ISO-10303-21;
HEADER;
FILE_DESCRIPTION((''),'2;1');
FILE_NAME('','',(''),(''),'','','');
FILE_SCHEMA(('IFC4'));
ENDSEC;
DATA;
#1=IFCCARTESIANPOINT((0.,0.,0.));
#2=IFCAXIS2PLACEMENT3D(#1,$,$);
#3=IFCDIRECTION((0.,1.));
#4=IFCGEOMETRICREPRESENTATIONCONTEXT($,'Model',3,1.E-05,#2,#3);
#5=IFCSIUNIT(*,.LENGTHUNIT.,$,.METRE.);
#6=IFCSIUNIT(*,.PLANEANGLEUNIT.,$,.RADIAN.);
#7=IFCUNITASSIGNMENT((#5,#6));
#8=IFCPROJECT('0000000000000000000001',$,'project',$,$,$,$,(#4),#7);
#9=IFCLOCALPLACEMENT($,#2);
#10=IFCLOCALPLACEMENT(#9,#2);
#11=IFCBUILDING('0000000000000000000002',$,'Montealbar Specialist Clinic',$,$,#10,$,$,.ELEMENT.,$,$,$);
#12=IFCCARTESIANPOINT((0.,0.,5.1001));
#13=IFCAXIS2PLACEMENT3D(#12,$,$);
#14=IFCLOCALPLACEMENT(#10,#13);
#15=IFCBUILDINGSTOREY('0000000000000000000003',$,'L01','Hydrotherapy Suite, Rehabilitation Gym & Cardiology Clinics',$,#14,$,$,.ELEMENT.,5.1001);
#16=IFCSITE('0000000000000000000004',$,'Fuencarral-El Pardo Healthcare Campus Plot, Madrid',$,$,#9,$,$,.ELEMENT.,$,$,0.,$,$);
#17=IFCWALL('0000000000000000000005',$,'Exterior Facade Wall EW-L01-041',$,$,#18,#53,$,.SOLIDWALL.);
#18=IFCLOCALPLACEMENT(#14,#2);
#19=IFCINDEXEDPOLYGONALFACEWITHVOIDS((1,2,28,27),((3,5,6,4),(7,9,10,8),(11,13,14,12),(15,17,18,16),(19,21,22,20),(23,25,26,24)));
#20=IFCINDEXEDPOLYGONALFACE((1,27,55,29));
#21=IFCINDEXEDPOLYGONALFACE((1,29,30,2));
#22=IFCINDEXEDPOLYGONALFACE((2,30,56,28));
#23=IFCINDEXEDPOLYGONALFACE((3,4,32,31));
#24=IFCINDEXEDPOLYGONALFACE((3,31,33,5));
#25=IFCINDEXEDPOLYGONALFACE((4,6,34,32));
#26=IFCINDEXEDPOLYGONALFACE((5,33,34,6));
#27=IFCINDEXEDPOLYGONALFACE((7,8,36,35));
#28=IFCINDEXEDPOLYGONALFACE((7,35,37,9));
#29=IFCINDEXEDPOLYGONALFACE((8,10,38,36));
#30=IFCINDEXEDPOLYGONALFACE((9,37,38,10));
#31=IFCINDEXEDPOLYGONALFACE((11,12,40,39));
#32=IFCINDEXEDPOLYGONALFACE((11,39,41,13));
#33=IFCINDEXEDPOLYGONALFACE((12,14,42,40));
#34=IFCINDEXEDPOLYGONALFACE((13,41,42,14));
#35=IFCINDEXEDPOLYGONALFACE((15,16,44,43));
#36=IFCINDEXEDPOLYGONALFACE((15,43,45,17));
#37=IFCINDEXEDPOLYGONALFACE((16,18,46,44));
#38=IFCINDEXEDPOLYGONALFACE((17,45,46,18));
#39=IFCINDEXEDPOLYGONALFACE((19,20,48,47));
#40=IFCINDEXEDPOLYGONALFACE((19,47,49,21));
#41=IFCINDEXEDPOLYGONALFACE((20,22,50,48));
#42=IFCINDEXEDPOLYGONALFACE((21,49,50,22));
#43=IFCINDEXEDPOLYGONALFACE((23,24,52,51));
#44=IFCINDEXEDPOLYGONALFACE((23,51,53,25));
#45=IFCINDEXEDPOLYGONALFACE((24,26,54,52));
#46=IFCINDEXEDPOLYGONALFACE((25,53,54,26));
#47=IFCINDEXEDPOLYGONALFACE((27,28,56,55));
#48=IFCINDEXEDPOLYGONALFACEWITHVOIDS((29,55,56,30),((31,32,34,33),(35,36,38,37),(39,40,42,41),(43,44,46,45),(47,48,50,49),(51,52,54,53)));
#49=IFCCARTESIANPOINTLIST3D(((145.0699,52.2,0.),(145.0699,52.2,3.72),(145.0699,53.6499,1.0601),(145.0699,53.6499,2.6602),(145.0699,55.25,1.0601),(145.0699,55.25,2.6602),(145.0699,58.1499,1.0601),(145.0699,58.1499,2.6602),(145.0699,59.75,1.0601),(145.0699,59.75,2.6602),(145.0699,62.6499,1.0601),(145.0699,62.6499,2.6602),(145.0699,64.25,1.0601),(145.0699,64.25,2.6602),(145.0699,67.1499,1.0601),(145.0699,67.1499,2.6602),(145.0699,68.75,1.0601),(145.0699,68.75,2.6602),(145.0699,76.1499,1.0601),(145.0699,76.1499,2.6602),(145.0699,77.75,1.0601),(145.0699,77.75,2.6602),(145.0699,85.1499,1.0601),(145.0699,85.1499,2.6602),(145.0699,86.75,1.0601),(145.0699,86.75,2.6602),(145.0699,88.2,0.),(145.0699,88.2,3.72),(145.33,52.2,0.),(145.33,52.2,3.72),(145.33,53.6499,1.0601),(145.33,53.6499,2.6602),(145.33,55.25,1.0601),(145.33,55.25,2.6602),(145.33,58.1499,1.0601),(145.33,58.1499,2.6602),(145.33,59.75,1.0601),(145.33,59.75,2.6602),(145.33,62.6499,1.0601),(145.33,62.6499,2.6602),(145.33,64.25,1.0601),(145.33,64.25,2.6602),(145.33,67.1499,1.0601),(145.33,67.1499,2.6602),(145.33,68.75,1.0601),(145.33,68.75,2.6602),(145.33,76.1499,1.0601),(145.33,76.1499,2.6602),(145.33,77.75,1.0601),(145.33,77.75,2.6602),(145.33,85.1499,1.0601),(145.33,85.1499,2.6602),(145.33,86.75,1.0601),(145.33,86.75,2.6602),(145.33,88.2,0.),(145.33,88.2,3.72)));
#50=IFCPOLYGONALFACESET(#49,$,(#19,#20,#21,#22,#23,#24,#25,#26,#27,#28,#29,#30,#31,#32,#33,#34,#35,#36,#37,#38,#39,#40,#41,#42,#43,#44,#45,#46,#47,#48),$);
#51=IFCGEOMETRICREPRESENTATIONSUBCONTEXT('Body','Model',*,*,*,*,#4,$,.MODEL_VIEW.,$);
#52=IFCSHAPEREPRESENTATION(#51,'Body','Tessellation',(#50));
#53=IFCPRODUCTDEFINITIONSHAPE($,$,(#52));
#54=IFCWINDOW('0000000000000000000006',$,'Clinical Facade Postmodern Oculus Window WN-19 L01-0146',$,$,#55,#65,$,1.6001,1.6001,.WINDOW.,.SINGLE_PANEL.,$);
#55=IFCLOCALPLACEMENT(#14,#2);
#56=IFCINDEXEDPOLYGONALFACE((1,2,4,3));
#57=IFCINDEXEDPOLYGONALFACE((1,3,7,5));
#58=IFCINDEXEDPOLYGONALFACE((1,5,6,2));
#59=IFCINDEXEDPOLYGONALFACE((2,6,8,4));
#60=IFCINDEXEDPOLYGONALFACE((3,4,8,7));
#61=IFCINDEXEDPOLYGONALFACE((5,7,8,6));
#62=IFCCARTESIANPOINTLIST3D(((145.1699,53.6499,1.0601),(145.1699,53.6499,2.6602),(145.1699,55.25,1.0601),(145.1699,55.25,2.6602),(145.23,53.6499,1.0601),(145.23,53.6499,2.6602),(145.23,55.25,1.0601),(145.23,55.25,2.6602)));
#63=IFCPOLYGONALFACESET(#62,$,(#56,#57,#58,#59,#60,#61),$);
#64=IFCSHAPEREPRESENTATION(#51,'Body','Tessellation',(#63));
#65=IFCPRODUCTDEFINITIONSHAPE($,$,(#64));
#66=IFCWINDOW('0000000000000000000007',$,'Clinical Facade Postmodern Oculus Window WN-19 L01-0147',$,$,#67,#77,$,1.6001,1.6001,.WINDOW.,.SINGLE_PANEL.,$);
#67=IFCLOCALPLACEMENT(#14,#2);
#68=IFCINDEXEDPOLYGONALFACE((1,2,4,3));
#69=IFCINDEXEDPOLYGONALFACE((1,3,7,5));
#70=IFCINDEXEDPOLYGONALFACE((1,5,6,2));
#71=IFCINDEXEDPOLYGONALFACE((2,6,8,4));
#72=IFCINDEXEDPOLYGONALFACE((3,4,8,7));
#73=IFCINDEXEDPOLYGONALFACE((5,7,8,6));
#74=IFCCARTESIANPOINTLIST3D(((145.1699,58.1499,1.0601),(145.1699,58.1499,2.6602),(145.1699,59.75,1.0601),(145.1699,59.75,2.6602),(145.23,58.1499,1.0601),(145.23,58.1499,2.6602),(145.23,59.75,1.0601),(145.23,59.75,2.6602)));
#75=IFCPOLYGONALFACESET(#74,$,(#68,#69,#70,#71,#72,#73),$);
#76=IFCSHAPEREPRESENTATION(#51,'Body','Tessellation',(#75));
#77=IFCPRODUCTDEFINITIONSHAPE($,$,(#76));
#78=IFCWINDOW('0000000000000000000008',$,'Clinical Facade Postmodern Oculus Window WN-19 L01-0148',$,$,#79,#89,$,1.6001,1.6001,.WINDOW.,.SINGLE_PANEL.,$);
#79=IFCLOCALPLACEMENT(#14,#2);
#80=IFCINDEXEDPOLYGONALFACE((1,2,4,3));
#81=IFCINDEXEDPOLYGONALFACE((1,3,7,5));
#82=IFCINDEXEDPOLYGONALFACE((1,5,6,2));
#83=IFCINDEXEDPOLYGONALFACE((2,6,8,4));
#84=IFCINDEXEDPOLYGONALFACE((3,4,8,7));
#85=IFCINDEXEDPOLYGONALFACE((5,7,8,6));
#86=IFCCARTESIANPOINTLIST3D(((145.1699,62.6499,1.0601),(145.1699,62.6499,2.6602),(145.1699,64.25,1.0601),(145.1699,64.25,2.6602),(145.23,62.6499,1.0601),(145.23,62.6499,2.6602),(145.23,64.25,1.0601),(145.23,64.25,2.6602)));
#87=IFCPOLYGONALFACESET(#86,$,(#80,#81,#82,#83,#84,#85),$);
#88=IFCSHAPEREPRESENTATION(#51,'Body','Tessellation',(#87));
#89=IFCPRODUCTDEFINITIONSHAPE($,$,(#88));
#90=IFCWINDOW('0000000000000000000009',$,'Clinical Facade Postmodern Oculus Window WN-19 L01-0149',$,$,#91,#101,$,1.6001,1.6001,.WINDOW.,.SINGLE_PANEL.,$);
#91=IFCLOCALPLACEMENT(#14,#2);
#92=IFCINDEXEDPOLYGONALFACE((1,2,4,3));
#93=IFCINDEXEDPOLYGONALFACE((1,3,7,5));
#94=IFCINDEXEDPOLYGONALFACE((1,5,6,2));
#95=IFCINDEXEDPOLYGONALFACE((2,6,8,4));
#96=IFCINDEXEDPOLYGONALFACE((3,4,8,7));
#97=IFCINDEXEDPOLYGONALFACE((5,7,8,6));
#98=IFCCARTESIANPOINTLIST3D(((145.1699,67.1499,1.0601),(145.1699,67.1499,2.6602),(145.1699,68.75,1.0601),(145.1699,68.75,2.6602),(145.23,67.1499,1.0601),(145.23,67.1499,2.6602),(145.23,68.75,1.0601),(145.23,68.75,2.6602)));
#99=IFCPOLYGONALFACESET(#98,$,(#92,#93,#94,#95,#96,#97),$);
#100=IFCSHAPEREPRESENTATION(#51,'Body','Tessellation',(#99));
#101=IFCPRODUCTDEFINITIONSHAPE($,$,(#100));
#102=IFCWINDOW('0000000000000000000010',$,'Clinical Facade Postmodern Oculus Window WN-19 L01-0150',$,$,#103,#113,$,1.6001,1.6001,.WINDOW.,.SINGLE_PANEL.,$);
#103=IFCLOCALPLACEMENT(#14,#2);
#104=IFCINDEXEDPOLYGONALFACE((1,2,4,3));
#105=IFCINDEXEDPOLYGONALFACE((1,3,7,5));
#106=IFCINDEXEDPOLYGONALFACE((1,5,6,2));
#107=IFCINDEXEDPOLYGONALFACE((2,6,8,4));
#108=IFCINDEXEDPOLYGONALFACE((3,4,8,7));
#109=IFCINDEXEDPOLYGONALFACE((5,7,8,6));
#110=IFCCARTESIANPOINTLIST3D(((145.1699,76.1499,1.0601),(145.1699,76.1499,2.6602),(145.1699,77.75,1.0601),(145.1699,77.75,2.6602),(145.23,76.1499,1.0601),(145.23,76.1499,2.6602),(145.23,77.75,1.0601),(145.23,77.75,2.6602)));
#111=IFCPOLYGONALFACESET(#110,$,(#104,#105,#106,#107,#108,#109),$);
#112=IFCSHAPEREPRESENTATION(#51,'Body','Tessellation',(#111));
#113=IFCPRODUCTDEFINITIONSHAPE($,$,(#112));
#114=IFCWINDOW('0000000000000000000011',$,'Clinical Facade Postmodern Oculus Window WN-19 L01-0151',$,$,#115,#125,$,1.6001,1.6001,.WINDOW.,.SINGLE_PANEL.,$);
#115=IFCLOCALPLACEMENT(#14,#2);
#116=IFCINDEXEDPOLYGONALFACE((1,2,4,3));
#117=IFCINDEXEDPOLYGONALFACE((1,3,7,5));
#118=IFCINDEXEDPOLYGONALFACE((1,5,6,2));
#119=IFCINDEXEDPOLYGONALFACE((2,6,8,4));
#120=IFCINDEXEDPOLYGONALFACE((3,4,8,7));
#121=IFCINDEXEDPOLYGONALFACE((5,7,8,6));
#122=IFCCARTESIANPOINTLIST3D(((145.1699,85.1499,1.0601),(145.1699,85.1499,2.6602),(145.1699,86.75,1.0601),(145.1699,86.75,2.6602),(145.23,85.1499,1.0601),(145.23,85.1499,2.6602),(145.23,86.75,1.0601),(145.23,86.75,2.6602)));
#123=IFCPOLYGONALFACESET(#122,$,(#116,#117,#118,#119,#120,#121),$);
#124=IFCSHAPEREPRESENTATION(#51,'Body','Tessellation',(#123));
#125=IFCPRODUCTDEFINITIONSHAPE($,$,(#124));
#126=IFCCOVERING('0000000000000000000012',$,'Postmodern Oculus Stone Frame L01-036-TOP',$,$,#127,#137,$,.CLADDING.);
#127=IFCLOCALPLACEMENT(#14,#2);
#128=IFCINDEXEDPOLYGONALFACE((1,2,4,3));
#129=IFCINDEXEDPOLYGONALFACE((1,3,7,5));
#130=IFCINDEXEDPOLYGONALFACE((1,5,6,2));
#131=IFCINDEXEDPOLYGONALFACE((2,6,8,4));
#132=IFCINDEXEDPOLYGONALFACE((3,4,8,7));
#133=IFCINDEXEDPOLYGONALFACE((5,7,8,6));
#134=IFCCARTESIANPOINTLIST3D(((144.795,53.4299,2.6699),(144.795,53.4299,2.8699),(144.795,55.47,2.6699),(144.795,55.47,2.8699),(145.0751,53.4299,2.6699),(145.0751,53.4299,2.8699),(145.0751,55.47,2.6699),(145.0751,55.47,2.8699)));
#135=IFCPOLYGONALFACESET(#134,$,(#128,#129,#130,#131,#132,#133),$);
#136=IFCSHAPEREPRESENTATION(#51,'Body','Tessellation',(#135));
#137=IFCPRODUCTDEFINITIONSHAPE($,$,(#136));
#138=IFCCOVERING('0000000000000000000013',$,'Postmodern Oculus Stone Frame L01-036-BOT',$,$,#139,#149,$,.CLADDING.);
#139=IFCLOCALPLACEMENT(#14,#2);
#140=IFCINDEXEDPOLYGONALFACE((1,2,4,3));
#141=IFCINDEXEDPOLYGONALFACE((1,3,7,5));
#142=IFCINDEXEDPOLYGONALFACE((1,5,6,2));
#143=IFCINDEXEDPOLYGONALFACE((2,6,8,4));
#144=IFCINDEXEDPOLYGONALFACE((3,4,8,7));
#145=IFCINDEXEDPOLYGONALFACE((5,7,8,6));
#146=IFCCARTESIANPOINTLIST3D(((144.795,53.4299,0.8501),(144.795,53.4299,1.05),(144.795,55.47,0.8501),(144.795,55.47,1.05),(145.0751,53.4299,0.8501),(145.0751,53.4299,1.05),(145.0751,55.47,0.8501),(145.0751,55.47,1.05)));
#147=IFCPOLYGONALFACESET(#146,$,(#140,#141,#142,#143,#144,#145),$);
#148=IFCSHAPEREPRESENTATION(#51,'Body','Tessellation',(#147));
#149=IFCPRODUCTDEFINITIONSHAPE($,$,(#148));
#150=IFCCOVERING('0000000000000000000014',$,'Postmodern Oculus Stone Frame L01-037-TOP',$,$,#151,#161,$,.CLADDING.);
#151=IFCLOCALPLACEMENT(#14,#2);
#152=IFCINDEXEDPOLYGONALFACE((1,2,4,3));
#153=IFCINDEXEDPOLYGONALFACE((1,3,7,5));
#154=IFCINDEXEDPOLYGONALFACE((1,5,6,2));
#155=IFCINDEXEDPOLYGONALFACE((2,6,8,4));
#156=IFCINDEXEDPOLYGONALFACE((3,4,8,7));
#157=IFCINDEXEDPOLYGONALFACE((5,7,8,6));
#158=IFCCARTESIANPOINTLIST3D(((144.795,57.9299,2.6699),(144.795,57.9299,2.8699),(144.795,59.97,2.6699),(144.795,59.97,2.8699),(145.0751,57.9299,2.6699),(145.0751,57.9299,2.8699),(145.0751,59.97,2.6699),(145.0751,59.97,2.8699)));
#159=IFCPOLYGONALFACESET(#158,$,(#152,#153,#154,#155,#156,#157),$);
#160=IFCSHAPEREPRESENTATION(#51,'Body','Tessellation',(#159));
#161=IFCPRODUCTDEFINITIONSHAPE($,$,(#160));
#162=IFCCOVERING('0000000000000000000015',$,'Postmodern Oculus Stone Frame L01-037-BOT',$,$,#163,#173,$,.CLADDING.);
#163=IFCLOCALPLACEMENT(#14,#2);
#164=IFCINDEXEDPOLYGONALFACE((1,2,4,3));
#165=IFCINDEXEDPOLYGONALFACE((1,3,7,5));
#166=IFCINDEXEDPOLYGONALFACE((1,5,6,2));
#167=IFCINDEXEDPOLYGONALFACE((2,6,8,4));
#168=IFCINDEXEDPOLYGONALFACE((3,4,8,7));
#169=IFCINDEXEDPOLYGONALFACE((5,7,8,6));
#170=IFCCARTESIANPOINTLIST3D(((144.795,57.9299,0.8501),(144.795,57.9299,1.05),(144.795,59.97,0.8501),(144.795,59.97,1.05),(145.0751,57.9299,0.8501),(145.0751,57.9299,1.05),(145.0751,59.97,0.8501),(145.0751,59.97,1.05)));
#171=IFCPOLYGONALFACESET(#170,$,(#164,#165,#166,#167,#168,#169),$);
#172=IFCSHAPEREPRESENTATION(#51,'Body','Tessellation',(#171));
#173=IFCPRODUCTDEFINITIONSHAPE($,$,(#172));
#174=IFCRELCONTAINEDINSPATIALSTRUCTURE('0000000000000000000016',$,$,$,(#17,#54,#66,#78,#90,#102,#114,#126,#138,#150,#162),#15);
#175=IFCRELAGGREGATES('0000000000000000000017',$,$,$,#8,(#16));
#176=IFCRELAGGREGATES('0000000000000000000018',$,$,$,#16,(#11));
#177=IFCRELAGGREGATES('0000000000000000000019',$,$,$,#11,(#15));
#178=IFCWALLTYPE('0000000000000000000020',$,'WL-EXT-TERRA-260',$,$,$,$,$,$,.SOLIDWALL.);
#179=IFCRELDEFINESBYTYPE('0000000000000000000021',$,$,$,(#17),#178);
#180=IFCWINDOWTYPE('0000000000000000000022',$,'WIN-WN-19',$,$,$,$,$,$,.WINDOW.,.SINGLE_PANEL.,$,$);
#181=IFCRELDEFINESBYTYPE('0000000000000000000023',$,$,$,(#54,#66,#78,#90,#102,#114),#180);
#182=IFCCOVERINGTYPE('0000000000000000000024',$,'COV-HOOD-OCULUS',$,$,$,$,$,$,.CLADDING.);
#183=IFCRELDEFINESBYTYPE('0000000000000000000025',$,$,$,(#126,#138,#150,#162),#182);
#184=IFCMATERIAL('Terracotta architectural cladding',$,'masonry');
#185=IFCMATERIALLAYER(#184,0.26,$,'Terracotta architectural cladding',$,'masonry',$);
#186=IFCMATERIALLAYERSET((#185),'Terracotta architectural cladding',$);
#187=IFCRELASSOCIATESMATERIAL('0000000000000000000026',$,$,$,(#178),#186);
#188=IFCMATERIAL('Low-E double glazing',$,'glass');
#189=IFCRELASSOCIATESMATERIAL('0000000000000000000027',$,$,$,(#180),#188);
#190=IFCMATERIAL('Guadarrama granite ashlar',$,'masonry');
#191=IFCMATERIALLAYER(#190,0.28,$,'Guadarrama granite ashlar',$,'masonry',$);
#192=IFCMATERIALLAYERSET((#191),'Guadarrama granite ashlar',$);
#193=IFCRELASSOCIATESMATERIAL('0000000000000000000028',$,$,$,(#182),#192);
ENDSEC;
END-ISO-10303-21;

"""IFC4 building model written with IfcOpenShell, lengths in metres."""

from ifc_helpers import new_model, si_unit, direction, frame, frame_2d, origin, origin_2d, place, context, subcontext, project, spatial, rectangle, extrude, material, layer, layer_set, type_object, element, fill, save


model = new_model("IFC4")

# Units and contexts
model_context = context("Model", 3, precision=1e-05, world=origin(), true_north=direction((0.0, 1.0)))
body_context = subcontext(model_context, "Body", "Model", "MODEL_VIEW")
ifc_project = project(units=[si_unit("LENGTHUNIT", "METRE"), si_unit("PLANEANGLEUNIT", "RADIAN")], contexts=[model_context])

# Site, building, storey
site_placement = place(None, origin())
site = spatial("IfcSite", under=ifc_project, at=site_placement, Name="Fuencarral-El Pardo Healthcare Campus Plot, Madrid", CompositionType="ELEMENT", RefElevation=0.0)
building_placement = place(site_placement, origin())
building = spatial("IfcBuilding", under=site, at=building_placement, Name="Montealbar Specialist Clinic", CompositionType="ELEMENT")
storey_placement = place(building_placement, frame((0.0, 0.0, 5.1001)))
storey = spatial("IfcBuildingStorey", under=building, at=storey_placement, Name="L01", Description="Hydrotherapy Suite, Rehabilitation Gym & Cardiology Clinics", CompositionType="ELEMENT", Elevation=5.1001)

# Wall, openings, windows
ifc_material_1 = material(Name="Terracotta architectural cladding", Category="masonry")
ifc_layer_1 = layer(ifc_material_1, 0.26, Name="Terracotta architectural cladding", Category="masonry")
ifc_layer_set_1 = layer_set([ifc_layer_1], Name="Terracotta architectural cladding")
wall_type_1 = type_object("IfcWallType", Name="WL-EXT-TERRA-260", PredefinedType="SOLIDWALL", material=ifc_layer_set_1)
wall_1_placement = place(storey_placement, frame((145.2, 52.2, 0.0), z_axis=(0.0, 0.0, 1.0), x_axis=(0.0, 1.0, 0.0)))
wall_1 = element("IfcWall", 1, at=wall_1_placement, inside=storey, type_object=wall_type_1, Name="Exterior Facade Wall EW-L01-041", PredefinedType="SOLIDWALL", context=body_context, shape_type="SweptSolid", body=[
    extrude(rectangle(XDim=36.0, YDim=0.26, at=frame_2d((18.0, 0.0))), origin(), (0.0, 0.0, 1.0), 3.72),
])
opening_1_placement = place(wall_1_placement, frame((1.45, 0.0, 1.0601)))
opening_1 = element("IfcOpeningElement", 2, at=opening_1_placement, cuts=wall_1, PredefinedType="OPENING", context=body_context, shape_type="SweptSolid", body=[
    extrude(rectangle(XDim=1.6001, YDim=1.6001, at=frame_2d((0.8, 0.8))), frame((0.0, 0.1399, 0.0), z_axis=(0.0, -1.0, 0.0), x_axis=(1.0, 0.0, 0.0)), (0.0, 0.0, 1.0), 0.28),
])
opening_2_placement = place(wall_1_placement, frame((5.95, 0.0, 1.0601)))
opening_2 = element("IfcOpeningElement", 3, at=opening_2_placement, cuts=wall_1, PredefinedType="OPENING", context=body_context, shape_type="SweptSolid", body=[
    extrude(rectangle(XDim=1.6001, YDim=1.6001, at=frame_2d((0.8, 0.8))), frame((0.0, 0.1399, 0.0), z_axis=(0.0, -1.0, 0.0), x_axis=(1.0, 0.0, 0.0)), (0.0, 0.0, 1.0), 0.28),
])
opening_3_placement = place(wall_1_placement, frame((10.45, 0.0, 1.0601)))
opening_3 = element("IfcOpeningElement", 4, at=opening_3_placement, cuts=wall_1, PredefinedType="OPENING", context=body_context, shape_type="SweptSolid", body=[
    extrude(rectangle(XDim=1.6001, YDim=1.6001, at=frame_2d((0.8, 0.8))), frame((0.0, 0.1399, 0.0), z_axis=(0.0, -1.0, 0.0), x_axis=(1.0, 0.0, 0.0)), (0.0, 0.0, 1.0), 0.28),
])
opening_4_placement = place(wall_1_placement, frame((14.95, 0.0, 1.0601)))
opening_4 = element("IfcOpeningElement", 5, at=opening_4_placement, cuts=wall_1, PredefinedType="OPENING", context=body_context, shape_type="SweptSolid", body=[
    extrude(rectangle(XDim=1.6001, YDim=1.6001, at=frame_2d((0.8, 0.8))), frame((0.0, 0.1399, 0.0), z_axis=(0.0, -1.0, 0.0), x_axis=(1.0, 0.0, 0.0)), (0.0, 0.0, 1.0), 0.28),
])
opening_5_placement = place(wall_1_placement, frame((23.95, 0.0, 1.0601)))
opening_5 = element("IfcOpeningElement", 6, at=opening_5_placement, cuts=wall_1, PredefinedType="OPENING", context=body_context, shape_type="SweptSolid", body=[
    extrude(rectangle(XDim=1.6001, YDim=1.6001, at=frame_2d((0.8, 0.8))), frame((0.0, 0.1399, 0.0), z_axis=(0.0, -1.0, 0.0), x_axis=(1.0, 0.0, 0.0)), (0.0, 0.0, 1.0), 0.28),
])
opening_6_placement = place(wall_1_placement, frame((32.95, 0.0, 1.0601)))
opening_6 = element("IfcOpeningElement", 7, at=opening_6_placement, cuts=wall_1, PredefinedType="OPENING", context=body_context, shape_type="SweptSolid", body=[
    extrude(rectangle(XDim=1.6001, YDim=1.6001, at=frame_2d((0.8, 0.8))), frame((0.0, 0.1399, 0.0), z_axis=(0.0, -1.0, 0.0), x_axis=(1.0, 0.0, 0.0)), (0.0, 0.0, 1.0), 0.28),
])
ifc_material_2 = material(Name="Low-E double glazing", Category="glass")
window_type = type_object("IfcWindowType", Name="WIN-WN-19", PartitioningType="SINGLE_PANEL", PredefinedType="WINDOW", material=ifc_material_2)
window_1_placement = place(opening_1_placement, origin())
window_1 = element("IfcWindow", 8, at=window_1_placement, inside=storey, type_object=window_type, Name="Clinical Facade Postmodern Oculus Window WN-19 L01-0146", OverallHeight=1.6001, OverallWidth=1.6001, PartitioningType="SINGLE_PANEL", PredefinedType="WINDOW", context=body_context, shape_type="SweptSolid", body=[
    extrude(rectangle(XDim=1.6001, YDim=1.6001, at=frame_2d((0.8, 0.8))), frame((0.0, 0.03, 0.0), z_axis=(0.0, -1.0, 0.0), x_axis=(1.0, 0.0, 0.0)), (0.0, 0.0, 1.0), 0.0601),
])
fill(opening_1, window_1)
window_2_placement = place(opening_2_placement, origin())
window_2 = element("IfcWindow", 9, at=window_2_placement, inside=storey, type_object=window_type, Name="Clinical Facade Postmodern Oculus Window WN-19 L01-0147", OverallHeight=1.6001, OverallWidth=1.6001, PartitioningType="SINGLE_PANEL", PredefinedType="WINDOW", context=body_context, shape_type="SweptSolid", body=[
    extrude(rectangle(XDim=1.6001, YDim=1.6001, at=frame_2d((0.8, 0.8))), frame((0.0, 0.03, 0.0), z_axis=(0.0, -1.0, 0.0), x_axis=(1.0, 0.0, 0.0)), (0.0, 0.0, 1.0), 0.0601),
])
fill(opening_2, window_2)
window_3_placement = place(opening_3_placement, origin())
window_3 = element("IfcWindow", 10, at=window_3_placement, inside=storey, type_object=window_type, Name="Clinical Facade Postmodern Oculus Window WN-19 L01-0148", OverallHeight=1.6001, OverallWidth=1.6001, PartitioningType="SINGLE_PANEL", PredefinedType="WINDOW", context=body_context, shape_type="SweptSolid", body=[
    extrude(rectangle(XDim=1.6001, YDim=1.6001, at=frame_2d((0.8, 0.8))), frame((0.0, 0.03, 0.0), z_axis=(0.0, -1.0, 0.0), x_axis=(1.0, 0.0, 0.0)), (0.0, 0.0, 1.0), 0.0601),
])
fill(opening_3, window_3)
window_4_placement = place(opening_4_placement, origin())
window_4 = element("IfcWindow", 11, at=window_4_placement, inside=storey, type_object=window_type, Name="Clinical Facade Postmodern Oculus Window WN-19 L01-0149", OverallHeight=1.6001, OverallWidth=1.6001, PartitioningType="SINGLE_PANEL", PredefinedType="WINDOW", context=body_context, shape_type="SweptSolid", body=[
    extrude(rectangle(XDim=1.6001, YDim=1.6001, at=frame_2d((0.8, 0.8))), frame((0.0, 0.03, 0.0), z_axis=(0.0, -1.0, 0.0), x_axis=(1.0, 0.0, 0.0)), (0.0, 0.0, 1.0), 0.0601),
])
fill(opening_4, window_4)
window_5_placement = place(opening_5_placement, origin())
window_5 = element("IfcWindow", 12, at=window_5_placement, inside=storey, type_object=window_type, Name="Clinical Facade Postmodern Oculus Window WN-19 L01-0150", OverallHeight=1.6001, OverallWidth=1.6001, PartitioningType="SINGLE_PANEL", PredefinedType="WINDOW", context=body_context, shape_type="SweptSolid", body=[
    extrude(rectangle(XDim=1.6001, YDim=1.6001, at=frame_2d((0.8, 0.8))), frame((0.0, 0.03, 0.0), z_axis=(0.0, -1.0, 0.0), x_axis=(1.0, 0.0, 0.0)), (0.0, 0.0, 1.0), 0.0601),
])
fill(opening_5, window_5)
window_6_placement = place(opening_6_placement, origin())
window_6 = element("IfcWindow", 13, at=window_6_placement, inside=storey, type_object=window_type, Name="Clinical Facade Postmodern Oculus Window WN-19 L01-0151", OverallHeight=1.6001, OverallWidth=1.6001, PartitioningType="SINGLE_PANEL", PredefinedType="WINDOW", context=body_context, shape_type="SweptSolid", body=[
    extrude(rectangle(XDim=1.6001, YDim=1.6001, at=frame_2d((0.8, 0.8))), frame((0.0, 0.03, 0.0), z_axis=(0.0, -1.0, 0.0), x_axis=(1.0, 0.0, 0.0)), (0.0, 0.0, 1.0), 0.0601),
])
fill(opening_6, window_6)

# Coverings
ifc_material_3 = material(Name="Guadarrama granite ashlar", Category="masonry")
ifc_layer_2 = layer(ifc_material_3, 0.28, Name="Guadarrama granite ashlar", Category="masonry")
ifc_layer_set_2 = layer_set([ifc_layer_2], Name="Guadarrama granite ashlar")
covering_type = type_object("IfcCoveringType", Name="COV-HOOD-OCULUS", PredefinedType="CLADDING", material=ifc_layer_set_2)
for number, where, z_axis, x_axis, name in (
    (14, (144.9351, 54.45, 2.6699), (0.0, 0.0, 1.0), (0.0, 1.0, 0.0), "Postmodern Oculus Stone Frame L01-036-TOP"),
    (15, (144.9351, 54.45, 0.8501), (0.0, 0.0, 1.0), (0.0, 1.0, 0.0), "Postmodern Oculus Stone Frame L01-036-BOT"),
    (16, (144.9351, 58.95, 2.6699), (0.0, 0.0, 1.0), (0.0, 1.0, 0.0), "Postmodern Oculus Stone Frame L01-037-TOP"),
    (17, (144.9351, 58.95, 0.8501), (0.0, 0.0, 1.0), (0.0, 1.0, 0.0), "Postmodern Oculus Stone Frame L01-037-BOT"),
):
    element("IfcCovering", number, at=place(storey_placement, frame(where, z_axis=z_axis, x_axis=x_axis)), inside=storey, type_object=covering_type, Name=name, PredefinedType="CLADDING", context=body_context, shape_type="SweptSolid", body=[
        extrude(rectangle(XDim=2.04, YDim=0.28, at=origin_2d()), origin(), (0.0, 0.0, 1.0), 0.2),
    ])

save(model, "model.ifc")
